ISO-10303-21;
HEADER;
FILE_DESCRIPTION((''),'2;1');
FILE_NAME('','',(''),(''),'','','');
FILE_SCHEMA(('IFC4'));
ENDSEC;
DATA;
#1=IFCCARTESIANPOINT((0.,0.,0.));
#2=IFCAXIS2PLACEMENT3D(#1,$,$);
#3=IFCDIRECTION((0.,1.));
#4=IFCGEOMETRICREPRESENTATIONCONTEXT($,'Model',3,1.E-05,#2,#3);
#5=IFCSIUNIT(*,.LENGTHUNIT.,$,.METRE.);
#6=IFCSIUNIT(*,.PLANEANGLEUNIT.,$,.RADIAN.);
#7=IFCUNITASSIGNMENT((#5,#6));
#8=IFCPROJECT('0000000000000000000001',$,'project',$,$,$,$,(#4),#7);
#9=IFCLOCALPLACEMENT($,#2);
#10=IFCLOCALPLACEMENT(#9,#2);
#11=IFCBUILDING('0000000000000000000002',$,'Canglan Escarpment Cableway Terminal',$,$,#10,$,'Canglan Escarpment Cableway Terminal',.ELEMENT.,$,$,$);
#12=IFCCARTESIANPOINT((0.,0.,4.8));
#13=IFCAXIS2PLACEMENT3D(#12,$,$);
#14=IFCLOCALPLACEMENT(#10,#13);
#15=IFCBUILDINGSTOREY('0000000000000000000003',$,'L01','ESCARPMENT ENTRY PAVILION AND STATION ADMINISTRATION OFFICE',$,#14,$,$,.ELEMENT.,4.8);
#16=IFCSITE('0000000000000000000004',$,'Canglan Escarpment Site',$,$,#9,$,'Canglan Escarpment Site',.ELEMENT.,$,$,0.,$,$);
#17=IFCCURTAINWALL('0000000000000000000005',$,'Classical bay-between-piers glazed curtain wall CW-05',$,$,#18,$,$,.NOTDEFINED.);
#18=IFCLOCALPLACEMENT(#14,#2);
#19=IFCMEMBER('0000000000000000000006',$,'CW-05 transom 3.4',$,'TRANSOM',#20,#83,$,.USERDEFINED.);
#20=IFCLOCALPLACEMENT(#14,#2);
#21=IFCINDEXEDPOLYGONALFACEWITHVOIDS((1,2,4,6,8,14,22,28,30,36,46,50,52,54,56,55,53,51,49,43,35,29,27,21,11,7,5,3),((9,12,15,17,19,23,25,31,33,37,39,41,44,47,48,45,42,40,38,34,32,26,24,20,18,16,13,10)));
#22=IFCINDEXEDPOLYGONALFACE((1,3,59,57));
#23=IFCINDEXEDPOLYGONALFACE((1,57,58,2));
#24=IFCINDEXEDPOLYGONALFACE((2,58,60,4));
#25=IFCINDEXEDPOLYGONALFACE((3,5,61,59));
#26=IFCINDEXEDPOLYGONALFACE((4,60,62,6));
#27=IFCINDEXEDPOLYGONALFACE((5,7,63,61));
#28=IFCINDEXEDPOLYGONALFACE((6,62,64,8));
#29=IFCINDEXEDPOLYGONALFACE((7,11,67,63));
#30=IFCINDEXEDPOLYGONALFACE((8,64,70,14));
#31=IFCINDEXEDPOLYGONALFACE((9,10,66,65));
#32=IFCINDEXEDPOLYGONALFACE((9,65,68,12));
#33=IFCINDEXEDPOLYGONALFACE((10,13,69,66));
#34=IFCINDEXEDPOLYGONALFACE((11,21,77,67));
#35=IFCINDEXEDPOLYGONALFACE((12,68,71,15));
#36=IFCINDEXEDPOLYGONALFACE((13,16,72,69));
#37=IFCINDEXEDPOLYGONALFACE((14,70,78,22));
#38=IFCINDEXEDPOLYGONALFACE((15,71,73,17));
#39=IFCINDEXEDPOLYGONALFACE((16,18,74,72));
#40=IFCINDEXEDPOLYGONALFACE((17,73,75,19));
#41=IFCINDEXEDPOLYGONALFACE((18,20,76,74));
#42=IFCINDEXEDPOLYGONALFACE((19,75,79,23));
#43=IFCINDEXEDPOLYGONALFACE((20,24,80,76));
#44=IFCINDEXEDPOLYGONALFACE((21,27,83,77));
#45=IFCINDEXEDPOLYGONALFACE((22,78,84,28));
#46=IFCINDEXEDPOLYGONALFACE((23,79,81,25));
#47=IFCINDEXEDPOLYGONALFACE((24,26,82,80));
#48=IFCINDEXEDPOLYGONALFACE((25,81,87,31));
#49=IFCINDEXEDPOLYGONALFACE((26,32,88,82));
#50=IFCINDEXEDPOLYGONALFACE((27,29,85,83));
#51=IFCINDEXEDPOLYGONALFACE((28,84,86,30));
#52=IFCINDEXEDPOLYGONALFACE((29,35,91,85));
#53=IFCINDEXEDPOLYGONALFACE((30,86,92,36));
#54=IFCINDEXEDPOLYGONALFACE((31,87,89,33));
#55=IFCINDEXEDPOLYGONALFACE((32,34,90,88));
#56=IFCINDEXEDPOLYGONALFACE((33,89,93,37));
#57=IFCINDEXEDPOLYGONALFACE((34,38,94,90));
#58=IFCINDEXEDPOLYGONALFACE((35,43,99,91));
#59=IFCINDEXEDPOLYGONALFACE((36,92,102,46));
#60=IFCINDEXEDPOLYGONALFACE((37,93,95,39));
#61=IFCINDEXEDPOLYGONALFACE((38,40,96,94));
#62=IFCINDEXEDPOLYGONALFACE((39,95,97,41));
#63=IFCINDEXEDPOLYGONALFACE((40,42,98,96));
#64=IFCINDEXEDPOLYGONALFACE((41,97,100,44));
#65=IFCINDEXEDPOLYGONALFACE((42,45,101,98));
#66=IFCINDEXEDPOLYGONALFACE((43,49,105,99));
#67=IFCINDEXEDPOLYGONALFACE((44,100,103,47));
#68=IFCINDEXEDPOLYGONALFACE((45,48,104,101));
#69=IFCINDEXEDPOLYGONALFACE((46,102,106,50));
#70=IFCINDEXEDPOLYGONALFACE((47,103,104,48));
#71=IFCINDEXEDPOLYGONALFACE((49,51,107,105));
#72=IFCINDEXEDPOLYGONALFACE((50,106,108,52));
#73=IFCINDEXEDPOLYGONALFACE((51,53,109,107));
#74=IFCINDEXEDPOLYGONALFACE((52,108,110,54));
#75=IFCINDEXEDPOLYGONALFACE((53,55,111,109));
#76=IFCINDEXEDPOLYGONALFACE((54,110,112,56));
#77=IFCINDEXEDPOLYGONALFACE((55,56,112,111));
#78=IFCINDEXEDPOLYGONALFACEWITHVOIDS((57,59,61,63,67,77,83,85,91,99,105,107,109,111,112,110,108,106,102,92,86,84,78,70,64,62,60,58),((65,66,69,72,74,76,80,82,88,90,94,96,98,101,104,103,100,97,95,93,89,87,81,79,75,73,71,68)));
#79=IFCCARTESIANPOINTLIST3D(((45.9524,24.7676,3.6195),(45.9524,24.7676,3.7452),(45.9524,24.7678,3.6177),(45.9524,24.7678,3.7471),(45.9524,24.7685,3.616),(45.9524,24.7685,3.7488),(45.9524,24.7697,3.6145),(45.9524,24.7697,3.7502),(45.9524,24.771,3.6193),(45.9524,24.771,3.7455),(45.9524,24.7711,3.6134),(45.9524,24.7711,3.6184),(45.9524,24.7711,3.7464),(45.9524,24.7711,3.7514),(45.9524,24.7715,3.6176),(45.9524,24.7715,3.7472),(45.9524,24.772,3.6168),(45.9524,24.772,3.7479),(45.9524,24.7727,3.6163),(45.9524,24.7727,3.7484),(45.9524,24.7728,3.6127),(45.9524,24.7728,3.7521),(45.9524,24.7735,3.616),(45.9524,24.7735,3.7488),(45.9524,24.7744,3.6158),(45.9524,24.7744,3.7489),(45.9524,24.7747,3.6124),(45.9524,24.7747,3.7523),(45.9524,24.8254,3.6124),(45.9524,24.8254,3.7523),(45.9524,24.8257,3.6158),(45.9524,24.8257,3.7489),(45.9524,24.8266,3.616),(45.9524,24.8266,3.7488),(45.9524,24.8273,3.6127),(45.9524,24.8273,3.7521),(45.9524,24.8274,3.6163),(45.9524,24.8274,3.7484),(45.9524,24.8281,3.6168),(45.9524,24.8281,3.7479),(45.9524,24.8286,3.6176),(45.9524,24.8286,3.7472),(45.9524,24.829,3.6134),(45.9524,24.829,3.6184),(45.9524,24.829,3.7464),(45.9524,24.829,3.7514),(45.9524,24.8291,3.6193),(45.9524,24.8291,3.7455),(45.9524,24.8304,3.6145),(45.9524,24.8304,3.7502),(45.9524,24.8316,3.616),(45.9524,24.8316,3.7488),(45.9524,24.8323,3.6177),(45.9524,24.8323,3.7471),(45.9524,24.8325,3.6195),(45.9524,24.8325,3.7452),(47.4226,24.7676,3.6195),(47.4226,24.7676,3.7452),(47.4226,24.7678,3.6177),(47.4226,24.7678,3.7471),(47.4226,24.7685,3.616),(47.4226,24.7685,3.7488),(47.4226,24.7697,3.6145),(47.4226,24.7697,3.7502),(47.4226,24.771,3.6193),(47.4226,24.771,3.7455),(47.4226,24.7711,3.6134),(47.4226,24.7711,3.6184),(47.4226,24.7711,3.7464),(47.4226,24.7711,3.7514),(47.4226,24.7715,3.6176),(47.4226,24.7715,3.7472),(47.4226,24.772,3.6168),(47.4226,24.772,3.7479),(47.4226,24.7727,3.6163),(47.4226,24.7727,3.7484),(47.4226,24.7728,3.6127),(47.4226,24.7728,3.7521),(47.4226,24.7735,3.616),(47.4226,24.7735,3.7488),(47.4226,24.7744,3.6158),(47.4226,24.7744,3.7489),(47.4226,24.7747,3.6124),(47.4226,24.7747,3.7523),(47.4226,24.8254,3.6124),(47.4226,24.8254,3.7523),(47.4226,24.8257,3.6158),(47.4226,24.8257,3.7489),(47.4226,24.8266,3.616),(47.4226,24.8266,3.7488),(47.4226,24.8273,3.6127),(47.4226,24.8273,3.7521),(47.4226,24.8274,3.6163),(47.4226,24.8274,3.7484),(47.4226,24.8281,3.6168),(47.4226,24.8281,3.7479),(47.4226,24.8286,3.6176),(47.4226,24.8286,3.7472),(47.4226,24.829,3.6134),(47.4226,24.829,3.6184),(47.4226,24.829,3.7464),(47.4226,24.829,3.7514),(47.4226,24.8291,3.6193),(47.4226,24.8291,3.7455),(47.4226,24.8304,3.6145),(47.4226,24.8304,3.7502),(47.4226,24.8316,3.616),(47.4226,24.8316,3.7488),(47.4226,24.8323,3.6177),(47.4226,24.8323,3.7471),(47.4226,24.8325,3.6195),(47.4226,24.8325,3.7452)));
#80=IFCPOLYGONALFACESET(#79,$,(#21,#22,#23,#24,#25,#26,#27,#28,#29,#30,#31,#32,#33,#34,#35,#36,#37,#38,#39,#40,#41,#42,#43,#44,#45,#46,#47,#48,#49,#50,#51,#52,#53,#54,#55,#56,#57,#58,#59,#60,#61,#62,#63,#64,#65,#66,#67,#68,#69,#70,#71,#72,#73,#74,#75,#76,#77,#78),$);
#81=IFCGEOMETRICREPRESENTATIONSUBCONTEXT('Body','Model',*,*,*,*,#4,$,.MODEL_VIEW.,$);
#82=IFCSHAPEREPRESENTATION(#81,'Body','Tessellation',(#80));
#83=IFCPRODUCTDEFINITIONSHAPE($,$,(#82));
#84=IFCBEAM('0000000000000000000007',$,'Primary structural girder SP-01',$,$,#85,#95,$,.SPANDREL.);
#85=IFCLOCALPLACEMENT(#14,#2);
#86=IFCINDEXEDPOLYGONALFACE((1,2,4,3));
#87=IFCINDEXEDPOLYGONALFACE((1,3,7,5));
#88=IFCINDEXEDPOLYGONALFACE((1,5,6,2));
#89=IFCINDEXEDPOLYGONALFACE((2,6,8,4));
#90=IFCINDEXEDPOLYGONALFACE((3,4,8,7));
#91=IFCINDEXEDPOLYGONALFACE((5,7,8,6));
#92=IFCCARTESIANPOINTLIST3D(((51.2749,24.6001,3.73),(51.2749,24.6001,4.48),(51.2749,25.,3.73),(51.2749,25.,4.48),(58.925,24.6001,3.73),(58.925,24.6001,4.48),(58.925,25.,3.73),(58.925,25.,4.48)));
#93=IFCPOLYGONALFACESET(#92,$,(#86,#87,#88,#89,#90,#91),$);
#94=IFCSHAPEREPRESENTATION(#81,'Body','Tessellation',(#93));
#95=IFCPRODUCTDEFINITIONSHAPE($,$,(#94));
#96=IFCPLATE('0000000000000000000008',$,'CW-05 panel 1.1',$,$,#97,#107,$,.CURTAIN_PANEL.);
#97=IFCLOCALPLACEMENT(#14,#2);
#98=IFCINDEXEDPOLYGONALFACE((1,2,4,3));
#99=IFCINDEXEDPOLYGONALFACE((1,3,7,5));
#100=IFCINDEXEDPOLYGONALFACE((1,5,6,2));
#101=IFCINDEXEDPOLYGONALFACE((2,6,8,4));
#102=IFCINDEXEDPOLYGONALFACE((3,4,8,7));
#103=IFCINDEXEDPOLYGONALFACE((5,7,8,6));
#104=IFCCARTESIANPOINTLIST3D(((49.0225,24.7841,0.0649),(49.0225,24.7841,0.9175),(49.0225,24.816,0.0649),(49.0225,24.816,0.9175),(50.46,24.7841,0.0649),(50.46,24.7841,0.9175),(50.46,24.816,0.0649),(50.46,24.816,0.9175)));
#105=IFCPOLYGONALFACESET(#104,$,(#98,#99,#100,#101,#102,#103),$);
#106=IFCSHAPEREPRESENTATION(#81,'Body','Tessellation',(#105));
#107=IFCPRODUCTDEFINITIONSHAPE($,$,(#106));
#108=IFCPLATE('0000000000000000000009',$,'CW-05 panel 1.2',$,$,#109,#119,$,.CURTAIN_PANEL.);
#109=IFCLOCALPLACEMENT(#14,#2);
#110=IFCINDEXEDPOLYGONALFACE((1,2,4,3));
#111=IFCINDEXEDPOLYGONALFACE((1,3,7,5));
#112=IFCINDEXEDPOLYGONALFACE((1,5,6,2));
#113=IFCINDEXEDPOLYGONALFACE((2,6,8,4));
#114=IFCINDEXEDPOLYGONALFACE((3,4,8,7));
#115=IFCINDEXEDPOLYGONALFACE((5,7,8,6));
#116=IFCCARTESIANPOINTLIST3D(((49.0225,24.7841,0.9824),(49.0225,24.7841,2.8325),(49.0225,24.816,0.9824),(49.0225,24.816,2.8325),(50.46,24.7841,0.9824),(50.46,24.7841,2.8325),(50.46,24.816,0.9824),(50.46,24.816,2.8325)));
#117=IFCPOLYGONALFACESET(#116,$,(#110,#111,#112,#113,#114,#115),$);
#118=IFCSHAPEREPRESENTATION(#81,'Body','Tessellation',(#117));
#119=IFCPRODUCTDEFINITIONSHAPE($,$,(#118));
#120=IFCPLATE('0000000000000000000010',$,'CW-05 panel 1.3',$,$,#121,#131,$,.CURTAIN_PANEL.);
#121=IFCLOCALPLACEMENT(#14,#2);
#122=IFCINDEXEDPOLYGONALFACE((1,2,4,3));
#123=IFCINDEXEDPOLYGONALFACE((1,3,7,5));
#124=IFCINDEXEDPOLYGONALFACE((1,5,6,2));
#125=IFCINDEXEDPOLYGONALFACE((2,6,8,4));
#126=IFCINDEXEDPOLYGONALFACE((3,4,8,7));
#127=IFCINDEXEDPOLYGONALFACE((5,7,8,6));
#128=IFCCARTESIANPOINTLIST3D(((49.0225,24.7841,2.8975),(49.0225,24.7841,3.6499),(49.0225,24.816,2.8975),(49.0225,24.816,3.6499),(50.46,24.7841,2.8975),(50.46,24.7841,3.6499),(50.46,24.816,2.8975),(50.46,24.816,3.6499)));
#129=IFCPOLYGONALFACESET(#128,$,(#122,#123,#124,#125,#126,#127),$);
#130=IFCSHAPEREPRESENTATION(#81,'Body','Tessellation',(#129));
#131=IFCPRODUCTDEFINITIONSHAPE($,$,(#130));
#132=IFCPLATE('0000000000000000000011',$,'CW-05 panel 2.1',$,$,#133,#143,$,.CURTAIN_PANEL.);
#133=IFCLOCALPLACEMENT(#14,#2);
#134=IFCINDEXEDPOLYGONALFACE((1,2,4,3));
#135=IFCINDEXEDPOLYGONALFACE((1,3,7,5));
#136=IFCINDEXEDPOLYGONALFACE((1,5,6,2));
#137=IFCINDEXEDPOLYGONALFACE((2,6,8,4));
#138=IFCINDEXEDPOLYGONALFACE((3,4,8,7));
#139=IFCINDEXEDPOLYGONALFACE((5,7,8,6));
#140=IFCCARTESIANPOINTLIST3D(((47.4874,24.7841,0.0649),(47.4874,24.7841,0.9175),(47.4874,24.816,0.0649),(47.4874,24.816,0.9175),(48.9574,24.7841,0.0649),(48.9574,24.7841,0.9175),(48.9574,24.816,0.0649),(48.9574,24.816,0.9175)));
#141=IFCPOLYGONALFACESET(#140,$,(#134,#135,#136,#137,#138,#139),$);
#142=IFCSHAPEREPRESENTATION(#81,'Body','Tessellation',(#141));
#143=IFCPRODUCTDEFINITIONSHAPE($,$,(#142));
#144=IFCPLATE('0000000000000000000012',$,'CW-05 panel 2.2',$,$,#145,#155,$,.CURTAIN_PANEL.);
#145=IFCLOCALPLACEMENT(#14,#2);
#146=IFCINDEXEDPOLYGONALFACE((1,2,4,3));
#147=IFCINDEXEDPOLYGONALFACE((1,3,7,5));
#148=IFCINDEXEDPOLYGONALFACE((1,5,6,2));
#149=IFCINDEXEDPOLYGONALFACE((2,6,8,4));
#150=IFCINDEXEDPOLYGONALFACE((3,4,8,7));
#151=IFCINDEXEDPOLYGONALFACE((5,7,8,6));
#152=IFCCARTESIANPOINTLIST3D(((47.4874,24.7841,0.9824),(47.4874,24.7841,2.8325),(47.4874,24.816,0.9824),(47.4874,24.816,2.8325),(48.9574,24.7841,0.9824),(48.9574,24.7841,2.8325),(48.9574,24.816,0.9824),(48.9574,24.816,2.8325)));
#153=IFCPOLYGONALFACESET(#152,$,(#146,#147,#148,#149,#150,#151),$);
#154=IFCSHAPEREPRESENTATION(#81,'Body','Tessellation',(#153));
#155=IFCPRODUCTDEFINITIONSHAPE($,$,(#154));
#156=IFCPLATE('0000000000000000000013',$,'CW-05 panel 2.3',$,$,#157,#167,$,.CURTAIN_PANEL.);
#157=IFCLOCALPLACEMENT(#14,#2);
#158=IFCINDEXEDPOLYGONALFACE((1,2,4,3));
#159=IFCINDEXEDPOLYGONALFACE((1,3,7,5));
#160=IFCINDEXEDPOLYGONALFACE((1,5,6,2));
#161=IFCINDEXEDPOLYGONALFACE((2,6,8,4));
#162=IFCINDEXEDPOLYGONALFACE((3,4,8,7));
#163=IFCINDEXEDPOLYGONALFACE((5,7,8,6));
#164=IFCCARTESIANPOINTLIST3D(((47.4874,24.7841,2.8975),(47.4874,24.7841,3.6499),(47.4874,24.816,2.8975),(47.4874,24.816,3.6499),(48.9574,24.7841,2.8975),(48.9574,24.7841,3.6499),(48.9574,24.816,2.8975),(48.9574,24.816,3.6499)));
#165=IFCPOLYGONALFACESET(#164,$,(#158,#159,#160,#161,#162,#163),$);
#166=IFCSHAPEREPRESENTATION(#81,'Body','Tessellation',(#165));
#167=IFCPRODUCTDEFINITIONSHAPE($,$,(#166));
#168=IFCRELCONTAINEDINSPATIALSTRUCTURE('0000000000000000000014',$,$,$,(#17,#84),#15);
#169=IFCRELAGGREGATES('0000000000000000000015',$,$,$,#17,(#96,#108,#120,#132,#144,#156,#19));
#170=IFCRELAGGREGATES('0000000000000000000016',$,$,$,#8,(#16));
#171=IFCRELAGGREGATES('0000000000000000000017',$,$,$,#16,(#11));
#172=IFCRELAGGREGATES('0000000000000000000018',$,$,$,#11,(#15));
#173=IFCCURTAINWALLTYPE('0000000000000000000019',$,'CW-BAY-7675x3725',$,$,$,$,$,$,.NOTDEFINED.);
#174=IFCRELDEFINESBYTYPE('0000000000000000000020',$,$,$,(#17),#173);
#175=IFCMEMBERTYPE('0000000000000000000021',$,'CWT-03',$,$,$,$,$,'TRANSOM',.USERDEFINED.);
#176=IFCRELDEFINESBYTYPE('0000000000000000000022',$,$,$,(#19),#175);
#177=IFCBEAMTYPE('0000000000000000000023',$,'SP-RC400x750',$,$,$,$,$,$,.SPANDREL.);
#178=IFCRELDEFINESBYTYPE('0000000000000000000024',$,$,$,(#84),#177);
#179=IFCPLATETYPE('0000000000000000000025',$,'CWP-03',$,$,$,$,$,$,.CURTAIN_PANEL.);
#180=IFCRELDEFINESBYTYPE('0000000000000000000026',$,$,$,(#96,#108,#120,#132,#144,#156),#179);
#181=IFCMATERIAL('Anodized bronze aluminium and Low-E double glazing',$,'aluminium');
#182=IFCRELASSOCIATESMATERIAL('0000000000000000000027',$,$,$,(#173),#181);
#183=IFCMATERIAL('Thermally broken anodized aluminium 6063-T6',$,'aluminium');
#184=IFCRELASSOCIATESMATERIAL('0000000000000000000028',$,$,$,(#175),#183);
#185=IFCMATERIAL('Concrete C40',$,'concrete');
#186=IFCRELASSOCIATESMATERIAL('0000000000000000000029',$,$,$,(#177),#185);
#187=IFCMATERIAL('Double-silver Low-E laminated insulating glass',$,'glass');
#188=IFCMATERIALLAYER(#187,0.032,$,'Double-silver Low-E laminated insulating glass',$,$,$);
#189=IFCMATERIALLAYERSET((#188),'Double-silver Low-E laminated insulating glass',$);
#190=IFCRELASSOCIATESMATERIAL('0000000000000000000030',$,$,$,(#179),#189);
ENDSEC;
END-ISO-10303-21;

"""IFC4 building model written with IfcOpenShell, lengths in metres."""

from ifc_helpers import new_model, si_unit, direction, frame, origin, origin_2d, place, context, subcontext, project, spatial, rectangle, hollow_rectangle, extrude, material, layer, layer_set, material_profile, profile_set, type_object, element, aggregate, save


model = new_model("IFC4")

# Units and contexts
model_context = context("Model", 3, precision=1e-05, world=origin(), true_north=direction((0.0, 1.0)))
body_context = subcontext(model_context, "Body", "Model", "MODEL_VIEW")
ifc_project = project(units=[si_unit("LENGTHUNIT", "METRE"), si_unit("PLANEANGLEUNIT", "RADIAN")], contexts=[model_context])

# Site, building, storey
site_placement = place(None, origin())
site = spatial("IfcSite", under=ifc_project, at=site_placement, Name="Canglan Escarpment Site", LongName="Canglan Escarpment Site", CompositionType="ELEMENT", RefElevation=0.0)
building_placement = place(site_placement, origin())
building = spatial("IfcBuilding", under=site, at=building_placement, Name="Canglan Escarpment Cableway Terminal", LongName="Canglan Escarpment Cableway Terminal", CompositionType="ELEMENT")
storey_placement = place(building_placement, frame((0.0, 0.0, 4.8)))
storey = spatial("IfcBuildingStorey", under=building, at=storey_placement, Name="L01", Description="ESCARPMENT ENTRY PAVILION AND STATION ADMINISTRATION OFFICE", CompositionType="ELEMENT", Elevation=4.8)

# Shared definitions
ifc_material_1 = material(Name="Concrete C40", Category="concrete")

# Shared definitions
ifc_material_2 = material(Name="Anodized bronze aluminium and Low-E double glazing", Category="aluminium")
ifc_material_3 = material(Name="Thermally broken anodized aluminium 6063-T6", Category="aluminium")

# Curtain wall, member
curtain_wall_type_1 = type_object("IfcCurtainWallType", Name="CW-BAY-7675x3725", PredefinedType="NOTDEFINED", material=ifc_material_2)
curtain_wall_1_placement = place(storey_placement, origin())
curtain_wall_1 = element("IfcCurtainWall", 1, at=curtain_wall_1_placement, inside=storey, type_object=curtain_wall_type_1, Name="Classical bay-between-piers glazed curtain wall CW-05", PredefinedType="NOTDEFINED")
ifc_material_profile_1 = material_profile(ifc_material_3, hollow_rectangle(XDim=0.0649, YDim=0.1399, WallThickness=0.0034, InnerFilletRadius=0.0034, OuterFilletRadius=0.0071, at=origin_2d()), Name="ALU-TRAN 65x140x3.5")
ifc_profile_set_1 = profile_set([ifc_material_profile_1], Name="Thermally broken anodized aluminium 6063-T6")
member_type_1 = type_object("IfcMemberType", Name="CWT-03", ElementType="TRANSOM", PredefinedType="USERDEFINED", material=ifc_profile_set_1)
member_1_placement = place(storey_placement, frame((47.4226, 24.8, 3.6824), z_axis=(-1.0, 0.0, 0.0), x_axis=(0.0, -1.0, 0.0)))
member_1 = element("IfcMember", 2, at=member_1_placement, type_object=member_type_1, Name="CW-05 transom 3.4", ObjectType="TRANSOM", PredefinedType="USERDEFINED", context=body_context, shape_type="SweptSolid", body=[
    extrude(hollow_rectangle(XDim=0.0649, YDim=0.1399, WallThickness=0.0034, InnerFilletRadius=0.0034, OuterFilletRadius=0.0071, at=origin_2d()), origin(), (0.0, 0.0, 1.0), 1.4702),
])

# Beam
ifc_material_profile_2 = material_profile(ifc_material_1, rectangle(XDim=0.3999, YDim=0.75, at=origin_2d()), Name="RC 400x750")
ifc_profile_set_2 = profile_set([ifc_material_profile_2], Name="Concrete C40")
beam_type = type_object("IfcBeamType", Name="SP-RC400x750", PredefinedType="SPANDREL", material=ifc_profile_set_2)
beam_placement = place(storey_placement, frame((51.2749, 24.8, 4.105), z_axis=(1.0, 0.0, 0.0), x_axis=(0.0, 1.0, 0.0)))
element("IfcBeam", 3, at=beam_placement, inside=storey, type_object=beam_type, Name="Primary structural girder SP-01", PredefinedType="SPANDREL", context=body_context, shape_type="SweptSolid", body=[
    extrude(rectangle(XDim=0.3999, YDim=0.75, at=origin_2d()), origin(), (0.0, 0.0, 1.0), 7.6501),
])

# Plates
ifc_material_4 = material(Name="Double-silver Low-E laminated insulating glass", Category="glass")
ifc_layer = layer(ifc_material_4, 0.032, Name="Double-silver Low-E laminated insulating glass")
ifc_layer_set = layer_set([ifc_layer], Name="Double-silver Low-E laminated insulating glass")
plate_type = type_object("IfcPlateType", Name="CWP-03", PredefinedType="CURTAIN_PANEL", material=ifc_layer_set)
plate_1_placement = place(storey_placement, frame((49.7412, 24.8, 0.0649), z_axis=(0.0, 0.0, 1.0), x_axis=(-1.0, 0.0, 0.0)))
plate_1 = element("IfcPlate", 4, at=plate_1_placement, type_object=plate_type, Name="CW-05 panel 1.1", PredefinedType="CURTAIN_PANEL", context=body_context, shape_type="SweptSolid", body=[
    extrude(rectangle(XDim=1.4375, YDim=0.032, at=origin_2d()), origin(), (0.0, 0.0, 1.0), 0.8525),
])
plate_2_placement = place(storey_placement, frame((49.7412, 24.8, 0.9824), z_axis=(0.0, 0.0, 1.0), x_axis=(-1.0, 0.0, 0.0)))
plate_2 = element("IfcPlate", 5, at=plate_2_placement, type_object=plate_type, Name="CW-05 panel 1.2", PredefinedType="CURTAIN_PANEL", context=body_context, shape_type="SweptSolid", body=[
    extrude(rectangle(XDim=1.4375, YDim=0.032, at=origin_2d()), origin(), (0.0, 0.0, 1.0), 1.8501),
])
plate_3_placement = place(storey_placement, frame((49.7412, 24.8, 2.8975), z_axis=(0.0, 0.0, 1.0), x_axis=(-1.0, 0.0, 0.0)))
plate_3 = element("IfcPlate", 6, at=plate_3_placement, type_object=plate_type, Name="CW-05 panel 1.3", PredefinedType="CURTAIN_PANEL", context=body_context, shape_type="SweptSolid", body=[
    extrude(rectangle(XDim=1.4375, YDim=0.032, at=origin_2d()), origin(), (0.0, 0.0, 1.0), 0.7524),
])
plate_4_placement = place(storey_placement, frame((48.2224, 24.8, 0.0649), z_axis=(0.0, 0.0, 1.0), x_axis=(-1.0, 0.0, 0.0)))
plate_4 = element("IfcPlate", 7, at=plate_4_placement, type_object=plate_type, Name="CW-05 panel 2.1", PredefinedType="CURTAIN_PANEL", context=body_context, shape_type="SweptSolid", body=[
    extrude(rectangle(XDim=1.47, YDim=0.032, at=origin_2d()), origin(), (0.0, 0.0, 1.0), 0.8525),
])
plate_5_placement = place(storey_placement, frame((48.2224, 24.8, 0.9824), z_axis=(0.0, 0.0, 1.0), x_axis=(-1.0, 0.0, 0.0)))
plate_5 = element("IfcPlate", 8, at=plate_5_placement, type_object=plate_type, Name="CW-05 panel 2.2", PredefinedType="CURTAIN_PANEL", context=body_context, shape_type="SweptSolid", body=[
    extrude(rectangle(XDim=1.47, YDim=0.032, at=origin_2d()), origin(), (0.0, 0.0, 1.0), 1.8501),
])
plate_6_placement = place(storey_placement, frame((48.2224, 24.8, 2.8975), z_axis=(0.0, 0.0, 1.0), x_axis=(-1.0, 0.0, 0.0)))
plate_6 = element("IfcPlate", 9, at=plate_6_placement, type_object=plate_type, Name="CW-05 panel 2.3", PredefinedType="CURTAIN_PANEL", context=body_context, shape_type="SweptSolid", body=[
    extrude(rectangle(XDim=1.47, YDim=0.032, at=origin_2d()), origin(), (0.0, 0.0, 1.0), 0.7524),
])
aggregate(curtain_wall_1, [plate_1, plate_2, plate_3, plate_4, plate_5, plate_6, member_1])

save(model, "model.ifc")
